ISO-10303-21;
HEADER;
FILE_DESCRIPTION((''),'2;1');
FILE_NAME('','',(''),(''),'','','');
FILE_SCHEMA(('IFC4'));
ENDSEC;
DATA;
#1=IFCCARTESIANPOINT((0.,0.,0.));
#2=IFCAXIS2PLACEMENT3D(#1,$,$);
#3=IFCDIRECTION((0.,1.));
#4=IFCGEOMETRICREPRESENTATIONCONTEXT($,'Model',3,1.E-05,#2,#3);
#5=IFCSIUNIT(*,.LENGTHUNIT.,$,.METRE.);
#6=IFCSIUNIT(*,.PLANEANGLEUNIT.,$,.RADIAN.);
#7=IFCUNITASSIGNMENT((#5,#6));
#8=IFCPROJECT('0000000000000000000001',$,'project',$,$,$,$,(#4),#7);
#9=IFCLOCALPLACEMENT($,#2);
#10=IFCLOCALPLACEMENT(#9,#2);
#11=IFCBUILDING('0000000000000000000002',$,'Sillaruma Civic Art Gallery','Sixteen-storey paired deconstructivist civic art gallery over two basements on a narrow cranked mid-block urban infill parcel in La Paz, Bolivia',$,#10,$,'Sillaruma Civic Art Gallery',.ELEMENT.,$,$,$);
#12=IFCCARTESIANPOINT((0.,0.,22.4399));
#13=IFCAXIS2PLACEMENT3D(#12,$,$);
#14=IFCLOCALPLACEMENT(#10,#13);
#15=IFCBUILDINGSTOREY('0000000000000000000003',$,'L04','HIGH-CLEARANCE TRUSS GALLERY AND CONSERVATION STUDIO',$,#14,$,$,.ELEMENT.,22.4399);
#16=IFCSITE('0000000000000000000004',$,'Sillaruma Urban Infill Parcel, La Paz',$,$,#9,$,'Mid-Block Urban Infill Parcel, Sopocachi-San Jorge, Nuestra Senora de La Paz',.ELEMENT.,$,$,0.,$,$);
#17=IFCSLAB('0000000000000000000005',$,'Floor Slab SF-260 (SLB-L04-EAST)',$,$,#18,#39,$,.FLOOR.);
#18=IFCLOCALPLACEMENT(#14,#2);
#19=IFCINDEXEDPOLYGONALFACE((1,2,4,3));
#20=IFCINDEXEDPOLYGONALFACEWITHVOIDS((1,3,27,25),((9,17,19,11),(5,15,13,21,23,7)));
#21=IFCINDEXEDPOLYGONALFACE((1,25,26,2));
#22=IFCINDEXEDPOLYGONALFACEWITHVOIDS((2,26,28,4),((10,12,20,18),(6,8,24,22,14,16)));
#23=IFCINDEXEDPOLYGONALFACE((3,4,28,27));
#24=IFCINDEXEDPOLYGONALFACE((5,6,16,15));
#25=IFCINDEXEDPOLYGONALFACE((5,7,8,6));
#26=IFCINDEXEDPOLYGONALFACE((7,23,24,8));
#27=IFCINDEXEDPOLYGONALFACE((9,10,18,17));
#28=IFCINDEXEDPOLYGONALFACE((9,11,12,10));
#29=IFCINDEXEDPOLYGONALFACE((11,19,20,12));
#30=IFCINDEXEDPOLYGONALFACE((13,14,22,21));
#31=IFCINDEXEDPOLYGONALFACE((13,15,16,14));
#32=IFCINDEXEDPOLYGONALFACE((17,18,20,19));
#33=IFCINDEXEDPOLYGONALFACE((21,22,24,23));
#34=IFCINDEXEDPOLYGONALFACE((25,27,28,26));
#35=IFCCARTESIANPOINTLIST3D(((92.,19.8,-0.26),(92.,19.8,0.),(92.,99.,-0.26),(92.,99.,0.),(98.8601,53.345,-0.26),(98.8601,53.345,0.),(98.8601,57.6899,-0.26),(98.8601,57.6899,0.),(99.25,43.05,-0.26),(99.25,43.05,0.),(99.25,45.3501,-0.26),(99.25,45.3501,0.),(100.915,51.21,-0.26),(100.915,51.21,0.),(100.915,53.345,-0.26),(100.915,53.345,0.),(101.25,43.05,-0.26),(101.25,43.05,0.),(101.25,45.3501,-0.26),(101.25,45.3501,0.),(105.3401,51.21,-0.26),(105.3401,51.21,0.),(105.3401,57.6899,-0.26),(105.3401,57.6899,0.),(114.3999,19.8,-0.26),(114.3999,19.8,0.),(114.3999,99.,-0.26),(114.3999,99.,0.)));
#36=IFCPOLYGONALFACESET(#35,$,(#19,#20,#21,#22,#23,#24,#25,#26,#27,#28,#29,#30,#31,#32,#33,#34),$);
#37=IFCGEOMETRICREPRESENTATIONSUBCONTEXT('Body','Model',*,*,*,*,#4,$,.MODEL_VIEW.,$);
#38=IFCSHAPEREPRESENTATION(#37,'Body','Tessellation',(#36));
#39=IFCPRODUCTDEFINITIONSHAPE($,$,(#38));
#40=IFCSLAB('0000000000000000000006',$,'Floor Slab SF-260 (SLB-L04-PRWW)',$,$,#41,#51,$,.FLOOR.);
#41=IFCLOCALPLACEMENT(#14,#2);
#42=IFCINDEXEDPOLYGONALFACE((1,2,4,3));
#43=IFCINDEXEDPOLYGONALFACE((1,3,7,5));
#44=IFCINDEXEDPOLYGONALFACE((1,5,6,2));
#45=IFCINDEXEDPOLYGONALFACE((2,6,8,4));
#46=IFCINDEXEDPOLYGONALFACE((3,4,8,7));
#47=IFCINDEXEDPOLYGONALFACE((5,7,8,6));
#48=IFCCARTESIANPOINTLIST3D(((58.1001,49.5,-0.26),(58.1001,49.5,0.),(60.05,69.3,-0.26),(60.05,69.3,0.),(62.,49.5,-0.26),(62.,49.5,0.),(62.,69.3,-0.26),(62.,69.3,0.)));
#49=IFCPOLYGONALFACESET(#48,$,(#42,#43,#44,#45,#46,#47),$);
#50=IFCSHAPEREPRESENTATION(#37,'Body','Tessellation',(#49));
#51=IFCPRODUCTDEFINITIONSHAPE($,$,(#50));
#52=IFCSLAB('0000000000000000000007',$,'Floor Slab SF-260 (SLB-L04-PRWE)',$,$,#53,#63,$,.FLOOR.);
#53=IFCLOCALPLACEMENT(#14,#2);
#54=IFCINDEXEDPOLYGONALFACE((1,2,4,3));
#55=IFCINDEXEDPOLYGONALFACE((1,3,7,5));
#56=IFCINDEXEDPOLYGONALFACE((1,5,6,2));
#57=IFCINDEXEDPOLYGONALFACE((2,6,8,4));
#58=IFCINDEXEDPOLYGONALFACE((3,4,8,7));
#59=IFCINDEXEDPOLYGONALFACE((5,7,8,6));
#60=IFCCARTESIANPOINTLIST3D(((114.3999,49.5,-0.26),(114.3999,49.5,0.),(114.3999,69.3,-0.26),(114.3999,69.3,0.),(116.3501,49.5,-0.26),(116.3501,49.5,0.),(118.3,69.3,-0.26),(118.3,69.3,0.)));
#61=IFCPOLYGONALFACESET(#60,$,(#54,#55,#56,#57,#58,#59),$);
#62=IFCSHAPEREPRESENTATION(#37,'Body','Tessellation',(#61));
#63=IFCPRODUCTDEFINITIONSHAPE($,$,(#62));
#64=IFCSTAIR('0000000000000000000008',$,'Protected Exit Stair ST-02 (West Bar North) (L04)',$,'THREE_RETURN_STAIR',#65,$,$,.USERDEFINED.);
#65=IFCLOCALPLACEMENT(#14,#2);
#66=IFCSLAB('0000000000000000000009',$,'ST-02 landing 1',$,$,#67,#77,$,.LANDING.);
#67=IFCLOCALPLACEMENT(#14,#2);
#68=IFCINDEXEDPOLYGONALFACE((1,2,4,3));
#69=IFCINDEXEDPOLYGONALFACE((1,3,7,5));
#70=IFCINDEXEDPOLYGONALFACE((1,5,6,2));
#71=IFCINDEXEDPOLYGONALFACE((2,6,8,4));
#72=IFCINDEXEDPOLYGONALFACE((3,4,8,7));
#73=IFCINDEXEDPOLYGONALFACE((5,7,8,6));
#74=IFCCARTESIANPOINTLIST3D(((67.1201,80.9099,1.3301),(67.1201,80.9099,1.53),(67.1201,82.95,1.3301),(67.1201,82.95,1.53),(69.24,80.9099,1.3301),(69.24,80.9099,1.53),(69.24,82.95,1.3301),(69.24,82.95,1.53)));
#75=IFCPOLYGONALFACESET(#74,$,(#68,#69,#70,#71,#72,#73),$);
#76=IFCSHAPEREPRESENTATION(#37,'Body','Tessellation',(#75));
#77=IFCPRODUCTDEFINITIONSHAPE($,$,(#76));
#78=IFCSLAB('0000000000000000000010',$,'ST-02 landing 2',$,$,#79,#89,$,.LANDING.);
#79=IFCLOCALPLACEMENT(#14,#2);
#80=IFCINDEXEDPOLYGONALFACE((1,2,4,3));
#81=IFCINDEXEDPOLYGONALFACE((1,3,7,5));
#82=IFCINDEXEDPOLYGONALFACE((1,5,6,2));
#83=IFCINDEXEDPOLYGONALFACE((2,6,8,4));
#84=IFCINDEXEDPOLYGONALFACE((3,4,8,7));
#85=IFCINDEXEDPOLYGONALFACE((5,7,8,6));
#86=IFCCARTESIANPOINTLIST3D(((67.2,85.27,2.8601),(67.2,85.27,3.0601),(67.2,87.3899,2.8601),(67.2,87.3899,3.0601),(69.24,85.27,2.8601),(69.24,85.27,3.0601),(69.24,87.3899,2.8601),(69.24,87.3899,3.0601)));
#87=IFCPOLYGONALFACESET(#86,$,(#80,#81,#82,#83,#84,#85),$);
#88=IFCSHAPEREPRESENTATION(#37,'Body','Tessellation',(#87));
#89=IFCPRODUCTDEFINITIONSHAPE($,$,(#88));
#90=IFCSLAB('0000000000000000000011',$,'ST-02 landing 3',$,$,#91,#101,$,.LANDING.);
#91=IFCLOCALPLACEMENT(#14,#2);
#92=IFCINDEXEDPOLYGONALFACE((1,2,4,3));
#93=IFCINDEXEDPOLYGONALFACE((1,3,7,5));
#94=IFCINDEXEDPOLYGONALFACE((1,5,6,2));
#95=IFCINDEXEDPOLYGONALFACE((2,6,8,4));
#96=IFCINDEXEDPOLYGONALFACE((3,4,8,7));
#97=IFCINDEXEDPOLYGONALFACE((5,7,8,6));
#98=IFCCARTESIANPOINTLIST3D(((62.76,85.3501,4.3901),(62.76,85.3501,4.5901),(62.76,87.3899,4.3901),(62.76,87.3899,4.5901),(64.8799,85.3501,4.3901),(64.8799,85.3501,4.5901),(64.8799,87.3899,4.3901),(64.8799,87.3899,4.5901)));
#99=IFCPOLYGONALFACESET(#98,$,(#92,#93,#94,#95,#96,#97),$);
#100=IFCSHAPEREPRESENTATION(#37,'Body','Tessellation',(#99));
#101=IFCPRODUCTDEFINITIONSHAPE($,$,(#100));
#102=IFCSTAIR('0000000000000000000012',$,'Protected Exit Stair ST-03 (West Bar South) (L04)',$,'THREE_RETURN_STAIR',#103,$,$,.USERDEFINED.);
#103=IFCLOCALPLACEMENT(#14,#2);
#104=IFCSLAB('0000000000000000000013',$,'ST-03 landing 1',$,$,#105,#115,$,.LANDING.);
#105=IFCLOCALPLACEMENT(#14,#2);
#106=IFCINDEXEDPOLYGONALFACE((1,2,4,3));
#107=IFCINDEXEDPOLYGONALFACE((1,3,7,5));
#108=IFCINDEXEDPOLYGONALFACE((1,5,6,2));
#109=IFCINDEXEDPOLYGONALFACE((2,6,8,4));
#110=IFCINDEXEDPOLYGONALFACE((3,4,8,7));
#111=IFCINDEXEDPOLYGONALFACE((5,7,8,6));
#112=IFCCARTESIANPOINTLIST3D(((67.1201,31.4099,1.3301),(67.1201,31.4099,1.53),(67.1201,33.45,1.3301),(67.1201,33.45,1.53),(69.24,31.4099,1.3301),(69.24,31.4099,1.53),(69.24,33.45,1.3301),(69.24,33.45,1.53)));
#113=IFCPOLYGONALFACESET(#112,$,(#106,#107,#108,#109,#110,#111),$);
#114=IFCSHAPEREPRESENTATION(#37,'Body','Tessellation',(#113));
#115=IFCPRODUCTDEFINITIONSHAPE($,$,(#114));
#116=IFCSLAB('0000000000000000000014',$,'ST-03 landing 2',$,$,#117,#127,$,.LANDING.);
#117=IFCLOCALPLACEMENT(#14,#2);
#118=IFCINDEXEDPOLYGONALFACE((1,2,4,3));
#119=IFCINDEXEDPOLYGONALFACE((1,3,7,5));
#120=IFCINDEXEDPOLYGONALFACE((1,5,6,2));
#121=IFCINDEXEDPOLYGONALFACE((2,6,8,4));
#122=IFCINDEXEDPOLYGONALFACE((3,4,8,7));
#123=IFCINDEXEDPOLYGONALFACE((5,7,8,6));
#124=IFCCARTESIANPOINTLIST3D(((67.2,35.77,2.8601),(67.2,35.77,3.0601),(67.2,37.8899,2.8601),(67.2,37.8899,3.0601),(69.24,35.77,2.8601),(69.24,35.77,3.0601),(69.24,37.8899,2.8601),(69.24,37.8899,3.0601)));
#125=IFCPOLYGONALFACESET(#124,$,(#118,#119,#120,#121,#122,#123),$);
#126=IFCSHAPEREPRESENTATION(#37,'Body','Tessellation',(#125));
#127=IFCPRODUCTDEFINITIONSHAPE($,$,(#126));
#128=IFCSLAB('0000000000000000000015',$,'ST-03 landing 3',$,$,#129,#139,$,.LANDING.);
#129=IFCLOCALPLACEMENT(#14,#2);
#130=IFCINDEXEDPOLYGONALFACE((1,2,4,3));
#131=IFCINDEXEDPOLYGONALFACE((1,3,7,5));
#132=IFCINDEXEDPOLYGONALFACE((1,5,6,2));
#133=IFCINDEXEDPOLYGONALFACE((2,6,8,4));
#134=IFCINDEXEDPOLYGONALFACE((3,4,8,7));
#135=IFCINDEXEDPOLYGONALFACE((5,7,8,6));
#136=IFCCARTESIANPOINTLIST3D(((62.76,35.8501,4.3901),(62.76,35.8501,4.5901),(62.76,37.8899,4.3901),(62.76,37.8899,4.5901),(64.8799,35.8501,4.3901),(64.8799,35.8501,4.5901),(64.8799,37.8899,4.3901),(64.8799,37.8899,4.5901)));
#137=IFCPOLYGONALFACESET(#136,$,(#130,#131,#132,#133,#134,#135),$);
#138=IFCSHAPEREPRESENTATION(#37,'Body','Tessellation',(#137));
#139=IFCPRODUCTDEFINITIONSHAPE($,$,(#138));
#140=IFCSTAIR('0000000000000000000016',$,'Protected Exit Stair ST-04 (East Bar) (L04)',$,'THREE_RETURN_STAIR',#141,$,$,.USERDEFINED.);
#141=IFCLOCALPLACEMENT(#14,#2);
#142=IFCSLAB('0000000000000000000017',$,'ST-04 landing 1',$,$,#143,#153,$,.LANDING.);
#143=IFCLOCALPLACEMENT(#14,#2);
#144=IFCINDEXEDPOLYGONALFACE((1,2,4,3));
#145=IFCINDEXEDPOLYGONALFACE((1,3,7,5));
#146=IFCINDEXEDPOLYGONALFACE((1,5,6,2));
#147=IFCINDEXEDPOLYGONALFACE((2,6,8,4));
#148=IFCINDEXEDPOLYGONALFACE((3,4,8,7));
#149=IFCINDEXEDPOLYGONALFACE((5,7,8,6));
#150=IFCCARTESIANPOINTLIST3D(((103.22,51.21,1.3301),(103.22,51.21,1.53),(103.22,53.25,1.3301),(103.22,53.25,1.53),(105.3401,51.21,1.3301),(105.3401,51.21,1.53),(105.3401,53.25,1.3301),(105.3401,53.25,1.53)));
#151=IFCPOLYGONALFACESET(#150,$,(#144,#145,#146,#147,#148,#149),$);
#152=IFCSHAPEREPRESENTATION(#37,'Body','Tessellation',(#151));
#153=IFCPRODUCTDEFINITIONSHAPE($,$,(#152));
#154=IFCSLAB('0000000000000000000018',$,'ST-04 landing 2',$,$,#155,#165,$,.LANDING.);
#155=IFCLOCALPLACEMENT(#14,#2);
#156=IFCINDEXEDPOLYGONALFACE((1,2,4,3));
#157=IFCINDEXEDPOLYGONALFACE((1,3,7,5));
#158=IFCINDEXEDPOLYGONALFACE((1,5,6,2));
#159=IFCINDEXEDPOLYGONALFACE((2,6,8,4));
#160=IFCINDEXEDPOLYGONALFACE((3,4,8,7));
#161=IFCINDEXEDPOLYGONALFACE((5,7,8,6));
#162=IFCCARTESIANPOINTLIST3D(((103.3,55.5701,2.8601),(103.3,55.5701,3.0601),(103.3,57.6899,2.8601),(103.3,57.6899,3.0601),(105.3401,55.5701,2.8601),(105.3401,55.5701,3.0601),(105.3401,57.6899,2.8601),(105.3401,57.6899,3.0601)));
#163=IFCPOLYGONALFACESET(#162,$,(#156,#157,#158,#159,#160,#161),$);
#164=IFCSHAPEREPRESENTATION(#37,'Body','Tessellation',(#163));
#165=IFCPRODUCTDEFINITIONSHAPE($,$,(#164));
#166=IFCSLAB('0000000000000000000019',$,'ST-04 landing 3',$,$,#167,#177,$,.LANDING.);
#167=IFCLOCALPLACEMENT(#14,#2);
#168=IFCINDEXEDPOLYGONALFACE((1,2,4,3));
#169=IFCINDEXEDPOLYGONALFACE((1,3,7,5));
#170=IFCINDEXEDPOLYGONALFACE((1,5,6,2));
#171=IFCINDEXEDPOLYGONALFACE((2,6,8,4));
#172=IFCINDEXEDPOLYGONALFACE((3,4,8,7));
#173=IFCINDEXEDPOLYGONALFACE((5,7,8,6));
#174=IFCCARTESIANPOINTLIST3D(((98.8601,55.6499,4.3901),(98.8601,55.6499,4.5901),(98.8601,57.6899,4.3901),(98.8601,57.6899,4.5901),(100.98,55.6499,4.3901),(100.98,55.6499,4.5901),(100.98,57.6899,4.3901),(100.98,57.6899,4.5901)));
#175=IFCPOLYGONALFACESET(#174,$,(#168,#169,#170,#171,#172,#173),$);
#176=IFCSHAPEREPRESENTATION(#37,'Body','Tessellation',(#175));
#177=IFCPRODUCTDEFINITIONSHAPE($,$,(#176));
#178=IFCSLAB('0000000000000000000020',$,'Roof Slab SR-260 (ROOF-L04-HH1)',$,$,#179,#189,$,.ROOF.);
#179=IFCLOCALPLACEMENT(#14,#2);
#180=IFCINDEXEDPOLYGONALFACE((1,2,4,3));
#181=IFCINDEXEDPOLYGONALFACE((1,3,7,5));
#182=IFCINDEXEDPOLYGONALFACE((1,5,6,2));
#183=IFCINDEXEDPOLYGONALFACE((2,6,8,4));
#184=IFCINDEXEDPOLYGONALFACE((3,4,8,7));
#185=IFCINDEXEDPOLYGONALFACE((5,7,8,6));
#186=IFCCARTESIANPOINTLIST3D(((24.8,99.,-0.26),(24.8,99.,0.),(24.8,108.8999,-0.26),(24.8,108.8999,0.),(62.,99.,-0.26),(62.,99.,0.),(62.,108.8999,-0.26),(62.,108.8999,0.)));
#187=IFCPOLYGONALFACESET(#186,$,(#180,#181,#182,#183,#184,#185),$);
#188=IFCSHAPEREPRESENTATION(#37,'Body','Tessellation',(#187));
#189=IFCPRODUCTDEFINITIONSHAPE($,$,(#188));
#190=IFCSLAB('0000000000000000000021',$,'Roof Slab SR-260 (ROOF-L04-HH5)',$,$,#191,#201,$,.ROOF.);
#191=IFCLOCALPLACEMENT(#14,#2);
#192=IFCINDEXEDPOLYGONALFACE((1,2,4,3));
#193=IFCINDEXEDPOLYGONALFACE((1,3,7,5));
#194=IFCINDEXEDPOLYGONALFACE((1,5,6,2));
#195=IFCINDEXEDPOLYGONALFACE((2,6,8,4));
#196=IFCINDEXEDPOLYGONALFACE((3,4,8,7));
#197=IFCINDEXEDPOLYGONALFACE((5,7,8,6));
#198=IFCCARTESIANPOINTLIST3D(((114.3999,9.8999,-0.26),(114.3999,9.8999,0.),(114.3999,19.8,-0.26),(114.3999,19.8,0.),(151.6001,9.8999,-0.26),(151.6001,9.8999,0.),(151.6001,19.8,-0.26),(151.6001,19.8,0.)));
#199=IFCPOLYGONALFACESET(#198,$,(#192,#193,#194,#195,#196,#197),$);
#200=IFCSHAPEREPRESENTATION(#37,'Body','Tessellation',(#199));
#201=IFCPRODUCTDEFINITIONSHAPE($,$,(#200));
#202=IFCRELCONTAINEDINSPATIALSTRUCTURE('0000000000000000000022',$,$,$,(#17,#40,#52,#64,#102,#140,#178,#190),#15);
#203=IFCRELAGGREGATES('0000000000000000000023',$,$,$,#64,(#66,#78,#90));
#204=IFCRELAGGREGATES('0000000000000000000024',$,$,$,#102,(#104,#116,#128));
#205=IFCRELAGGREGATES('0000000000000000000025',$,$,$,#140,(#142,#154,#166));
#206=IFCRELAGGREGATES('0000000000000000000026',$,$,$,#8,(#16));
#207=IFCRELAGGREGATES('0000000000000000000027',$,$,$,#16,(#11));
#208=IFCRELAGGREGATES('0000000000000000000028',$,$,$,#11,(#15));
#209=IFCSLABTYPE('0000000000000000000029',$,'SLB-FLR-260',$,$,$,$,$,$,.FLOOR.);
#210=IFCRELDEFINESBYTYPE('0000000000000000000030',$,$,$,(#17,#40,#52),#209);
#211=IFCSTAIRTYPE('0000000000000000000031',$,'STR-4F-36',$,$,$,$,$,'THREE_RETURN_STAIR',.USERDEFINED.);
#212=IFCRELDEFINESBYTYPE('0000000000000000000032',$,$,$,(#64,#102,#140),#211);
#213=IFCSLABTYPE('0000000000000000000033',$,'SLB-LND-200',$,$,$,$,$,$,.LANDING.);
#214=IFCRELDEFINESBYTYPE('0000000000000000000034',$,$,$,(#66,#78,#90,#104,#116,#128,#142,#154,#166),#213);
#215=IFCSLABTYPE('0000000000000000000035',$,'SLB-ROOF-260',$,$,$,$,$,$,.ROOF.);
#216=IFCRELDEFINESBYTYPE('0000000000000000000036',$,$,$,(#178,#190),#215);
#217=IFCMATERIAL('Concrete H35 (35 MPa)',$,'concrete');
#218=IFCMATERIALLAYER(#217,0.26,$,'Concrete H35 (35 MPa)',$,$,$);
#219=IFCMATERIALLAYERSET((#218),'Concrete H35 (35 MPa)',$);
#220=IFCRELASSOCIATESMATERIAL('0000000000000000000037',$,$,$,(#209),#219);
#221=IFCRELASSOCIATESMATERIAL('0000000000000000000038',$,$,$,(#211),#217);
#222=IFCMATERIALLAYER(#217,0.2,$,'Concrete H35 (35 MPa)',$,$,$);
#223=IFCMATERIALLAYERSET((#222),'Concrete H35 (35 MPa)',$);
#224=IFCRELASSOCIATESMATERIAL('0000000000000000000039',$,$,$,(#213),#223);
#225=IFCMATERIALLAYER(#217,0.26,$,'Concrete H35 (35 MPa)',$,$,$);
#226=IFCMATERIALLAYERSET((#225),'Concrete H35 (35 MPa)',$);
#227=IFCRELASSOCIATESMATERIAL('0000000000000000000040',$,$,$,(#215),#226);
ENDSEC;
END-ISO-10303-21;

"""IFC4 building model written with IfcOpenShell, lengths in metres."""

from ifc_helpers import new_model, si_unit, direction, frame, origin, place, context, subcontext, project, spatial, polyline, outline, extrude, material, layer, layer_set, type_object, element, aggregate, save


model = new_model("IFC4")

# Units and contexts
model_context = context("Model", 3, precision=1e-05, world=origin(), true_north=direction((0.0, 1.0)))
body_context = subcontext(model_context, "Body", "Model", "MODEL_VIEW")
ifc_project = project(units=[si_unit("LENGTHUNIT", "METRE"), si_unit("PLANEANGLEUNIT", "RADIAN")], contexts=[model_context])

# Site, building, storey
site_placement = place(None, origin())
site = spatial("IfcSite", under=ifc_project, at=site_placement, Name="Sillaruma Urban Infill Parcel, La Paz", LongName="Mid-Block Urban Infill Parcel, Sopocachi-San Jorge, Nuestra Senora de La Paz", CompositionType="ELEMENT", RefElevation=0.0)
building_placement = place(site_placement, origin())
building = spatial("IfcBuilding", under=site, at=building_placement, Name="Sillaruma Civic Art Gallery", Description="Sixteen-storey paired deconstructivist civic art gallery over two basements on a narrow cranked mid-block urban infill parcel in La Paz, Bolivia", LongName="Sillaruma Civic Art Gallery", CompositionType="ELEMENT")
storey_placement = place(building_placement, frame((0.0, 0.0, 22.4399)))
storey = spatial("IfcBuildingStorey", under=building, at=storey_placement, Name="L04", Description="HIGH-CLEARANCE TRUSS GALLERY AND CONSERVATION STUDIO", CompositionType="ELEMENT", Elevation=22.4399)

# Shared definitions
ifc_material_1 = material(Name="Concrete H35 (35 MPa)", Category="concrete")

# Slabs
ifc_layer_1 = layer(ifc_material_1, 0.26, Name="Concrete H35 (35 MPa)")
ifc_layer_set_1 = layer_set([ifc_layer_1], Name="Concrete H35 (35 MPa)")
slab_type_1 = type_object("IfcSlabType", Name="SLB-FLR-260", PredefinedType="FLOOR", material=ifc_layer_set_1)
slab_1_placement = place(storey_placement, frame((0.0, 0.0, -0.26)))
element("IfcSlab", 1, at=slab_1_placement, inside=storey, type_object=slab_type_1, Name="Floor Slab SF-260 (SLB-L04-EAST)", PredefinedType="FLOOR", context=body_context, shape_type="SweptSolid", body=[
    extrude(outline(polyline([(92.0, 19.8), (114.3999, 19.8), (114.3999, 99.0), (92.0, 99.0), (92.0, 19.8)]), holes=[polyline([(100.915, 51.21), (105.3401, 51.21), (105.3401, 57.6899), (98.8601, 57.6899), (98.8601, 53.345), (100.915, 53.345), (100.915, 51.21)]), polyline([(99.25, 43.05), (101.25, 43.05), (101.25, 45.3501), (99.25, 45.3501), (99.25, 43.05)])]), origin(), (0.0, 0.0, 1.0), 0.26),
])
slab_2_placement = place(storey_placement, frame((0.0, 0.0, -0.26)))
element("IfcSlab", 2, at=slab_2_placement, inside=storey, type_object=slab_type_1, Name="Floor Slab SF-260 (SLB-L04-PRWW)", PredefinedType="FLOOR", context=body_context, shape_type="SweptSolid", body=[
    extrude(outline(polyline([(62.0, 49.5), (62.0, 69.3), (60.05, 69.3), (58.1001, 49.5), (62.0, 49.5)])), origin(), (0.0, 0.0, 1.0), 0.26),
])
slab_3_placement = place(storey_placement, frame((0.0, 0.0, -0.26)))
element("IfcSlab", 3, at=slab_3_placement, inside=storey, type_object=slab_type_1, Name="Floor Slab SF-260 (SLB-L04-PRWE)", PredefinedType="FLOOR", context=body_context, shape_type="SweptSolid", body=[
    extrude(outline(polyline([(114.3999, 49.5), (116.3501, 49.5), (118.3, 69.3), (114.3999, 69.3), (114.3999, 49.5)])), origin(), (0.0, 0.0, 1.0), 0.26),
])

# Stairs, slabs
stair_type = type_object("IfcStairType", Name="STR-4F-36", ElementType="THREE_RETURN_STAIR", PredefinedType="USERDEFINED", material=ifc_material_1)
stair_1_placement = place(storey_placement, origin())
stair_1 = element("IfcStair", 4, at=stair_1_placement, inside=storey, type_object=stair_type, Name="Protected Exit Stair ST-02 (West Bar North) (L04)", ObjectType="THREE_RETURN_STAIR", PredefinedType="USERDEFINED")
ifc_layer_2 = layer(ifc_material_1, 0.2, Name="Concrete H35 (35 MPa)")
ifc_layer_set_2 = layer_set([ifc_layer_2], Name="Concrete H35 (35 MPa)")
slab_type_2 = type_object("IfcSlabType", Name="SLB-LND-200", PredefinedType="LANDING", material=ifc_layer_set_2)
slab_4_placement = place(storey_placement, frame((0.0, 0.0, 1.3301)))
slab_4 = element("IfcSlab", 5, at=slab_4_placement, type_object=slab_type_2, Name="ST-02 landing 1", PredefinedType="LANDING", context=body_context, shape_type="SweptSolid", body=[
    extrude(outline(polyline([(67.1201, 80.9099), (69.24, 80.9099), (69.24, 82.95), (67.1201, 82.95), (67.1201, 80.9099)])), origin(), (0.0, 0.0, 1.0), 0.2),
])
slab_5_placement = place(storey_placement, frame((0.0, 0.0, 2.8601)))
slab_5 = element("IfcSlab", 6, at=slab_5_placement, type_object=slab_type_2, Name="ST-02 landing 2", PredefinedType="LANDING", context=body_context, shape_type="SweptSolid", body=[
    extrude(outline(polyline([(67.2, 85.27), (69.24, 85.27), (69.24, 87.3899), (67.2, 87.3899), (67.2, 85.27)])), origin(), (0.0, 0.0, 1.0), 0.2),
])
slab_6_placement = place(storey_placement, frame((0.0, 0.0, 4.3901)))
slab_6 = element("IfcSlab", 7, at=slab_6_placement, type_object=slab_type_2, Name="ST-02 landing 3", PredefinedType="LANDING", context=body_context, shape_type="SweptSolid", body=[
    extrude(outline(polyline([(62.76, 85.3501), (64.8799, 85.3501), (64.8799, 87.3899), (62.76, 87.3899), (62.76, 85.3501)])), origin(), (0.0, 0.0, 1.0), 0.2),
])
aggregate(stair_1, [slab_4, slab_5, slab_6])
stair_2_placement = place(storey_placement, origin())
stair_2 = element("IfcStair", 8, at=stair_2_placement, inside=storey, type_object=stair_type, Name="Protected Exit Stair ST-03 (West Bar South) (L04)", ObjectType="THREE_RETURN_STAIR", PredefinedType="USERDEFINED")
slab_7_placement = place(storey_placement, frame((0.0, 0.0, 1.3301)))
slab_7 = element("IfcSlab", 9, at=slab_7_placement, type_object=slab_type_2, Name="ST-03 landing 1", PredefinedType="LANDING", context=body_context, shape_type="SweptSolid", body=[
    extrude(outline(polyline([(67.1201, 31.4099), (69.24, 31.4099), (69.24, 33.45), (67.1201, 33.45), (67.1201, 31.4099)])), origin(), (0.0, 0.0, 1.0), 0.2),
])
slab_8_placement = place(storey_placement, frame((0.0, 0.0, 2.8601)))
slab_8 = element("IfcSlab", 10, at=slab_8_placement, type_object=slab_type_2, Name="ST-03 landing 2", PredefinedType="LANDING", context=body_context, shape_type="SweptSolid", body=[
    extrude(outline(polyline([(67.2, 35.77), (69.24, 35.77), (69.24, 37.8899), (67.2, 37.8899), (67.2, 35.77)])), origin(), (0.0, 0.0, 1.0), 0.2),
])
slab_9_placement = place(storey_placement, frame((0.0, 0.0, 4.3901)))
slab_9 = element("IfcSlab", 11, at=slab_9_placement, type_object=slab_type_2, Name="ST-03 landing 3", PredefinedType="LANDING", context=body_context, shape_type="SweptSolid", body=[
    extrude(outline(polyline([(62.76, 35.8501), (64.8799, 35.8501), (64.8799, 37.8899), (62.76, 37.8899), (62.76, 35.8501)])), origin(), (0.0, 0.0, 1.0), 0.2),
])
aggregate(stair_2, [slab_7, slab_8, slab_9])
stair_3_placement = place(storey_placement, origin())
stair_3 = element("IfcStair", 12, at=stair_3_placement, inside=storey, type_object=stair_type, Name="Protected Exit Stair ST-04 (East Bar) (L04)", ObjectType="THREE_RETURN_STAIR", PredefinedType="USERDEFINED")
slab_10_placement = place(storey_placement, frame((0.0, 0.0, 1.3301)))
slab_10 = element("IfcSlab", 13, at=slab_10_placement, type_object=slab_type_2, Name="ST-04 landing 1", PredefinedType="LANDING", context=body_context, shape_type="SweptSolid", body=[
    extrude(outline(polyline([(103.22, 51.21), (105.3401, 51.21), (105.3401, 53.25), (103.22, 53.25), (103.22, 51.21)])), origin(), (0.0, 0.0, 1.0), 0.2),
])
slab_11_placement = place(storey_placement, frame((0.0, 0.0, 2.8601)))
slab_11 = element("IfcSlab", 14, at=slab_11_placement, type_object=slab_type_2, Name="ST-04 landing 2", PredefinedType="LANDING", context=body_context, shape_type="SweptSolid", body=[
    extrude(outline(polyline([(103.3, 55.5701), (105.3401, 55.5701), (105.3401, 57.6899), (103.3, 57.6899), (103.3, 55.5701)])), origin(), (0.0, 0.0, 1.0), 0.2),
])
slab_12_placement = place(storey_placement, frame((0.0, 0.0, 4.3901)))
slab_12 = element("IfcSlab", 15, at=slab_12_placement, type_object=slab_type_2, Name="ST-04 landing 3", PredefinedType="LANDING", context=body_context, shape_type="SweptSolid", body=[
    extrude(outline(polyline([(98.8601, 55.6499), (100.98, 55.6499), (100.98, 57.6899), (98.8601, 57.6899), (98.8601, 55.6499)])), origin(), (0.0, 0.0, 1.0), 0.2),
])
aggregate(stair_3, [slab_10, slab_11, slab_12])

# Slabs
ifc_layer_3 = layer(ifc_material_1, 0.26, Name="Concrete H35 (35 MPa)")
ifc_layer_set_3 = layer_set([ifc_layer_3], Name="Concrete H35 (35 MPa)")
slab_type_3 = type_object("IfcSlabType", Name="SLB-ROOF-260", PredefinedType="ROOF", material=ifc_layer_set_3)
slab_13_placement = place(storey_placement, frame((0.0, 0.0, -0.26)))
element("IfcSlab", 16, at=slab_13_placement, inside=storey, type_object=slab_type_3, Name="Roof Slab SR-260 (ROOF-L04-HH1)", PredefinedType="ROOF", context=body_context, shape_type="SweptSolid", body=[
    extrude(outline(polyline([(24.8, 99.0), (62.0, 99.0), (62.0, 108.8999), (24.8, 108.8999), (24.8, 99.0)])), origin(), (0.0, 0.0, 1.0), 0.26),
])
slab_14_placement = place(storey_placement, frame((0.0, 0.0, -0.26)))
element("IfcSlab", 17, at=slab_14_placement, inside=storey, type_object=slab_type_3, Name="Roof Slab SR-260 (ROOF-L04-HH5)", PredefinedType="ROOF", context=body_context, shape_type="SweptSolid", body=[
    extrude(outline(polyline([(114.3999, 9.8999), (151.6001, 9.8999), (151.6001, 19.8), (114.3999, 19.8), (114.3999, 9.8999)])), origin(), (0.0, 0.0, 1.0), 0.26),
])

save(model, "model.ifc")
